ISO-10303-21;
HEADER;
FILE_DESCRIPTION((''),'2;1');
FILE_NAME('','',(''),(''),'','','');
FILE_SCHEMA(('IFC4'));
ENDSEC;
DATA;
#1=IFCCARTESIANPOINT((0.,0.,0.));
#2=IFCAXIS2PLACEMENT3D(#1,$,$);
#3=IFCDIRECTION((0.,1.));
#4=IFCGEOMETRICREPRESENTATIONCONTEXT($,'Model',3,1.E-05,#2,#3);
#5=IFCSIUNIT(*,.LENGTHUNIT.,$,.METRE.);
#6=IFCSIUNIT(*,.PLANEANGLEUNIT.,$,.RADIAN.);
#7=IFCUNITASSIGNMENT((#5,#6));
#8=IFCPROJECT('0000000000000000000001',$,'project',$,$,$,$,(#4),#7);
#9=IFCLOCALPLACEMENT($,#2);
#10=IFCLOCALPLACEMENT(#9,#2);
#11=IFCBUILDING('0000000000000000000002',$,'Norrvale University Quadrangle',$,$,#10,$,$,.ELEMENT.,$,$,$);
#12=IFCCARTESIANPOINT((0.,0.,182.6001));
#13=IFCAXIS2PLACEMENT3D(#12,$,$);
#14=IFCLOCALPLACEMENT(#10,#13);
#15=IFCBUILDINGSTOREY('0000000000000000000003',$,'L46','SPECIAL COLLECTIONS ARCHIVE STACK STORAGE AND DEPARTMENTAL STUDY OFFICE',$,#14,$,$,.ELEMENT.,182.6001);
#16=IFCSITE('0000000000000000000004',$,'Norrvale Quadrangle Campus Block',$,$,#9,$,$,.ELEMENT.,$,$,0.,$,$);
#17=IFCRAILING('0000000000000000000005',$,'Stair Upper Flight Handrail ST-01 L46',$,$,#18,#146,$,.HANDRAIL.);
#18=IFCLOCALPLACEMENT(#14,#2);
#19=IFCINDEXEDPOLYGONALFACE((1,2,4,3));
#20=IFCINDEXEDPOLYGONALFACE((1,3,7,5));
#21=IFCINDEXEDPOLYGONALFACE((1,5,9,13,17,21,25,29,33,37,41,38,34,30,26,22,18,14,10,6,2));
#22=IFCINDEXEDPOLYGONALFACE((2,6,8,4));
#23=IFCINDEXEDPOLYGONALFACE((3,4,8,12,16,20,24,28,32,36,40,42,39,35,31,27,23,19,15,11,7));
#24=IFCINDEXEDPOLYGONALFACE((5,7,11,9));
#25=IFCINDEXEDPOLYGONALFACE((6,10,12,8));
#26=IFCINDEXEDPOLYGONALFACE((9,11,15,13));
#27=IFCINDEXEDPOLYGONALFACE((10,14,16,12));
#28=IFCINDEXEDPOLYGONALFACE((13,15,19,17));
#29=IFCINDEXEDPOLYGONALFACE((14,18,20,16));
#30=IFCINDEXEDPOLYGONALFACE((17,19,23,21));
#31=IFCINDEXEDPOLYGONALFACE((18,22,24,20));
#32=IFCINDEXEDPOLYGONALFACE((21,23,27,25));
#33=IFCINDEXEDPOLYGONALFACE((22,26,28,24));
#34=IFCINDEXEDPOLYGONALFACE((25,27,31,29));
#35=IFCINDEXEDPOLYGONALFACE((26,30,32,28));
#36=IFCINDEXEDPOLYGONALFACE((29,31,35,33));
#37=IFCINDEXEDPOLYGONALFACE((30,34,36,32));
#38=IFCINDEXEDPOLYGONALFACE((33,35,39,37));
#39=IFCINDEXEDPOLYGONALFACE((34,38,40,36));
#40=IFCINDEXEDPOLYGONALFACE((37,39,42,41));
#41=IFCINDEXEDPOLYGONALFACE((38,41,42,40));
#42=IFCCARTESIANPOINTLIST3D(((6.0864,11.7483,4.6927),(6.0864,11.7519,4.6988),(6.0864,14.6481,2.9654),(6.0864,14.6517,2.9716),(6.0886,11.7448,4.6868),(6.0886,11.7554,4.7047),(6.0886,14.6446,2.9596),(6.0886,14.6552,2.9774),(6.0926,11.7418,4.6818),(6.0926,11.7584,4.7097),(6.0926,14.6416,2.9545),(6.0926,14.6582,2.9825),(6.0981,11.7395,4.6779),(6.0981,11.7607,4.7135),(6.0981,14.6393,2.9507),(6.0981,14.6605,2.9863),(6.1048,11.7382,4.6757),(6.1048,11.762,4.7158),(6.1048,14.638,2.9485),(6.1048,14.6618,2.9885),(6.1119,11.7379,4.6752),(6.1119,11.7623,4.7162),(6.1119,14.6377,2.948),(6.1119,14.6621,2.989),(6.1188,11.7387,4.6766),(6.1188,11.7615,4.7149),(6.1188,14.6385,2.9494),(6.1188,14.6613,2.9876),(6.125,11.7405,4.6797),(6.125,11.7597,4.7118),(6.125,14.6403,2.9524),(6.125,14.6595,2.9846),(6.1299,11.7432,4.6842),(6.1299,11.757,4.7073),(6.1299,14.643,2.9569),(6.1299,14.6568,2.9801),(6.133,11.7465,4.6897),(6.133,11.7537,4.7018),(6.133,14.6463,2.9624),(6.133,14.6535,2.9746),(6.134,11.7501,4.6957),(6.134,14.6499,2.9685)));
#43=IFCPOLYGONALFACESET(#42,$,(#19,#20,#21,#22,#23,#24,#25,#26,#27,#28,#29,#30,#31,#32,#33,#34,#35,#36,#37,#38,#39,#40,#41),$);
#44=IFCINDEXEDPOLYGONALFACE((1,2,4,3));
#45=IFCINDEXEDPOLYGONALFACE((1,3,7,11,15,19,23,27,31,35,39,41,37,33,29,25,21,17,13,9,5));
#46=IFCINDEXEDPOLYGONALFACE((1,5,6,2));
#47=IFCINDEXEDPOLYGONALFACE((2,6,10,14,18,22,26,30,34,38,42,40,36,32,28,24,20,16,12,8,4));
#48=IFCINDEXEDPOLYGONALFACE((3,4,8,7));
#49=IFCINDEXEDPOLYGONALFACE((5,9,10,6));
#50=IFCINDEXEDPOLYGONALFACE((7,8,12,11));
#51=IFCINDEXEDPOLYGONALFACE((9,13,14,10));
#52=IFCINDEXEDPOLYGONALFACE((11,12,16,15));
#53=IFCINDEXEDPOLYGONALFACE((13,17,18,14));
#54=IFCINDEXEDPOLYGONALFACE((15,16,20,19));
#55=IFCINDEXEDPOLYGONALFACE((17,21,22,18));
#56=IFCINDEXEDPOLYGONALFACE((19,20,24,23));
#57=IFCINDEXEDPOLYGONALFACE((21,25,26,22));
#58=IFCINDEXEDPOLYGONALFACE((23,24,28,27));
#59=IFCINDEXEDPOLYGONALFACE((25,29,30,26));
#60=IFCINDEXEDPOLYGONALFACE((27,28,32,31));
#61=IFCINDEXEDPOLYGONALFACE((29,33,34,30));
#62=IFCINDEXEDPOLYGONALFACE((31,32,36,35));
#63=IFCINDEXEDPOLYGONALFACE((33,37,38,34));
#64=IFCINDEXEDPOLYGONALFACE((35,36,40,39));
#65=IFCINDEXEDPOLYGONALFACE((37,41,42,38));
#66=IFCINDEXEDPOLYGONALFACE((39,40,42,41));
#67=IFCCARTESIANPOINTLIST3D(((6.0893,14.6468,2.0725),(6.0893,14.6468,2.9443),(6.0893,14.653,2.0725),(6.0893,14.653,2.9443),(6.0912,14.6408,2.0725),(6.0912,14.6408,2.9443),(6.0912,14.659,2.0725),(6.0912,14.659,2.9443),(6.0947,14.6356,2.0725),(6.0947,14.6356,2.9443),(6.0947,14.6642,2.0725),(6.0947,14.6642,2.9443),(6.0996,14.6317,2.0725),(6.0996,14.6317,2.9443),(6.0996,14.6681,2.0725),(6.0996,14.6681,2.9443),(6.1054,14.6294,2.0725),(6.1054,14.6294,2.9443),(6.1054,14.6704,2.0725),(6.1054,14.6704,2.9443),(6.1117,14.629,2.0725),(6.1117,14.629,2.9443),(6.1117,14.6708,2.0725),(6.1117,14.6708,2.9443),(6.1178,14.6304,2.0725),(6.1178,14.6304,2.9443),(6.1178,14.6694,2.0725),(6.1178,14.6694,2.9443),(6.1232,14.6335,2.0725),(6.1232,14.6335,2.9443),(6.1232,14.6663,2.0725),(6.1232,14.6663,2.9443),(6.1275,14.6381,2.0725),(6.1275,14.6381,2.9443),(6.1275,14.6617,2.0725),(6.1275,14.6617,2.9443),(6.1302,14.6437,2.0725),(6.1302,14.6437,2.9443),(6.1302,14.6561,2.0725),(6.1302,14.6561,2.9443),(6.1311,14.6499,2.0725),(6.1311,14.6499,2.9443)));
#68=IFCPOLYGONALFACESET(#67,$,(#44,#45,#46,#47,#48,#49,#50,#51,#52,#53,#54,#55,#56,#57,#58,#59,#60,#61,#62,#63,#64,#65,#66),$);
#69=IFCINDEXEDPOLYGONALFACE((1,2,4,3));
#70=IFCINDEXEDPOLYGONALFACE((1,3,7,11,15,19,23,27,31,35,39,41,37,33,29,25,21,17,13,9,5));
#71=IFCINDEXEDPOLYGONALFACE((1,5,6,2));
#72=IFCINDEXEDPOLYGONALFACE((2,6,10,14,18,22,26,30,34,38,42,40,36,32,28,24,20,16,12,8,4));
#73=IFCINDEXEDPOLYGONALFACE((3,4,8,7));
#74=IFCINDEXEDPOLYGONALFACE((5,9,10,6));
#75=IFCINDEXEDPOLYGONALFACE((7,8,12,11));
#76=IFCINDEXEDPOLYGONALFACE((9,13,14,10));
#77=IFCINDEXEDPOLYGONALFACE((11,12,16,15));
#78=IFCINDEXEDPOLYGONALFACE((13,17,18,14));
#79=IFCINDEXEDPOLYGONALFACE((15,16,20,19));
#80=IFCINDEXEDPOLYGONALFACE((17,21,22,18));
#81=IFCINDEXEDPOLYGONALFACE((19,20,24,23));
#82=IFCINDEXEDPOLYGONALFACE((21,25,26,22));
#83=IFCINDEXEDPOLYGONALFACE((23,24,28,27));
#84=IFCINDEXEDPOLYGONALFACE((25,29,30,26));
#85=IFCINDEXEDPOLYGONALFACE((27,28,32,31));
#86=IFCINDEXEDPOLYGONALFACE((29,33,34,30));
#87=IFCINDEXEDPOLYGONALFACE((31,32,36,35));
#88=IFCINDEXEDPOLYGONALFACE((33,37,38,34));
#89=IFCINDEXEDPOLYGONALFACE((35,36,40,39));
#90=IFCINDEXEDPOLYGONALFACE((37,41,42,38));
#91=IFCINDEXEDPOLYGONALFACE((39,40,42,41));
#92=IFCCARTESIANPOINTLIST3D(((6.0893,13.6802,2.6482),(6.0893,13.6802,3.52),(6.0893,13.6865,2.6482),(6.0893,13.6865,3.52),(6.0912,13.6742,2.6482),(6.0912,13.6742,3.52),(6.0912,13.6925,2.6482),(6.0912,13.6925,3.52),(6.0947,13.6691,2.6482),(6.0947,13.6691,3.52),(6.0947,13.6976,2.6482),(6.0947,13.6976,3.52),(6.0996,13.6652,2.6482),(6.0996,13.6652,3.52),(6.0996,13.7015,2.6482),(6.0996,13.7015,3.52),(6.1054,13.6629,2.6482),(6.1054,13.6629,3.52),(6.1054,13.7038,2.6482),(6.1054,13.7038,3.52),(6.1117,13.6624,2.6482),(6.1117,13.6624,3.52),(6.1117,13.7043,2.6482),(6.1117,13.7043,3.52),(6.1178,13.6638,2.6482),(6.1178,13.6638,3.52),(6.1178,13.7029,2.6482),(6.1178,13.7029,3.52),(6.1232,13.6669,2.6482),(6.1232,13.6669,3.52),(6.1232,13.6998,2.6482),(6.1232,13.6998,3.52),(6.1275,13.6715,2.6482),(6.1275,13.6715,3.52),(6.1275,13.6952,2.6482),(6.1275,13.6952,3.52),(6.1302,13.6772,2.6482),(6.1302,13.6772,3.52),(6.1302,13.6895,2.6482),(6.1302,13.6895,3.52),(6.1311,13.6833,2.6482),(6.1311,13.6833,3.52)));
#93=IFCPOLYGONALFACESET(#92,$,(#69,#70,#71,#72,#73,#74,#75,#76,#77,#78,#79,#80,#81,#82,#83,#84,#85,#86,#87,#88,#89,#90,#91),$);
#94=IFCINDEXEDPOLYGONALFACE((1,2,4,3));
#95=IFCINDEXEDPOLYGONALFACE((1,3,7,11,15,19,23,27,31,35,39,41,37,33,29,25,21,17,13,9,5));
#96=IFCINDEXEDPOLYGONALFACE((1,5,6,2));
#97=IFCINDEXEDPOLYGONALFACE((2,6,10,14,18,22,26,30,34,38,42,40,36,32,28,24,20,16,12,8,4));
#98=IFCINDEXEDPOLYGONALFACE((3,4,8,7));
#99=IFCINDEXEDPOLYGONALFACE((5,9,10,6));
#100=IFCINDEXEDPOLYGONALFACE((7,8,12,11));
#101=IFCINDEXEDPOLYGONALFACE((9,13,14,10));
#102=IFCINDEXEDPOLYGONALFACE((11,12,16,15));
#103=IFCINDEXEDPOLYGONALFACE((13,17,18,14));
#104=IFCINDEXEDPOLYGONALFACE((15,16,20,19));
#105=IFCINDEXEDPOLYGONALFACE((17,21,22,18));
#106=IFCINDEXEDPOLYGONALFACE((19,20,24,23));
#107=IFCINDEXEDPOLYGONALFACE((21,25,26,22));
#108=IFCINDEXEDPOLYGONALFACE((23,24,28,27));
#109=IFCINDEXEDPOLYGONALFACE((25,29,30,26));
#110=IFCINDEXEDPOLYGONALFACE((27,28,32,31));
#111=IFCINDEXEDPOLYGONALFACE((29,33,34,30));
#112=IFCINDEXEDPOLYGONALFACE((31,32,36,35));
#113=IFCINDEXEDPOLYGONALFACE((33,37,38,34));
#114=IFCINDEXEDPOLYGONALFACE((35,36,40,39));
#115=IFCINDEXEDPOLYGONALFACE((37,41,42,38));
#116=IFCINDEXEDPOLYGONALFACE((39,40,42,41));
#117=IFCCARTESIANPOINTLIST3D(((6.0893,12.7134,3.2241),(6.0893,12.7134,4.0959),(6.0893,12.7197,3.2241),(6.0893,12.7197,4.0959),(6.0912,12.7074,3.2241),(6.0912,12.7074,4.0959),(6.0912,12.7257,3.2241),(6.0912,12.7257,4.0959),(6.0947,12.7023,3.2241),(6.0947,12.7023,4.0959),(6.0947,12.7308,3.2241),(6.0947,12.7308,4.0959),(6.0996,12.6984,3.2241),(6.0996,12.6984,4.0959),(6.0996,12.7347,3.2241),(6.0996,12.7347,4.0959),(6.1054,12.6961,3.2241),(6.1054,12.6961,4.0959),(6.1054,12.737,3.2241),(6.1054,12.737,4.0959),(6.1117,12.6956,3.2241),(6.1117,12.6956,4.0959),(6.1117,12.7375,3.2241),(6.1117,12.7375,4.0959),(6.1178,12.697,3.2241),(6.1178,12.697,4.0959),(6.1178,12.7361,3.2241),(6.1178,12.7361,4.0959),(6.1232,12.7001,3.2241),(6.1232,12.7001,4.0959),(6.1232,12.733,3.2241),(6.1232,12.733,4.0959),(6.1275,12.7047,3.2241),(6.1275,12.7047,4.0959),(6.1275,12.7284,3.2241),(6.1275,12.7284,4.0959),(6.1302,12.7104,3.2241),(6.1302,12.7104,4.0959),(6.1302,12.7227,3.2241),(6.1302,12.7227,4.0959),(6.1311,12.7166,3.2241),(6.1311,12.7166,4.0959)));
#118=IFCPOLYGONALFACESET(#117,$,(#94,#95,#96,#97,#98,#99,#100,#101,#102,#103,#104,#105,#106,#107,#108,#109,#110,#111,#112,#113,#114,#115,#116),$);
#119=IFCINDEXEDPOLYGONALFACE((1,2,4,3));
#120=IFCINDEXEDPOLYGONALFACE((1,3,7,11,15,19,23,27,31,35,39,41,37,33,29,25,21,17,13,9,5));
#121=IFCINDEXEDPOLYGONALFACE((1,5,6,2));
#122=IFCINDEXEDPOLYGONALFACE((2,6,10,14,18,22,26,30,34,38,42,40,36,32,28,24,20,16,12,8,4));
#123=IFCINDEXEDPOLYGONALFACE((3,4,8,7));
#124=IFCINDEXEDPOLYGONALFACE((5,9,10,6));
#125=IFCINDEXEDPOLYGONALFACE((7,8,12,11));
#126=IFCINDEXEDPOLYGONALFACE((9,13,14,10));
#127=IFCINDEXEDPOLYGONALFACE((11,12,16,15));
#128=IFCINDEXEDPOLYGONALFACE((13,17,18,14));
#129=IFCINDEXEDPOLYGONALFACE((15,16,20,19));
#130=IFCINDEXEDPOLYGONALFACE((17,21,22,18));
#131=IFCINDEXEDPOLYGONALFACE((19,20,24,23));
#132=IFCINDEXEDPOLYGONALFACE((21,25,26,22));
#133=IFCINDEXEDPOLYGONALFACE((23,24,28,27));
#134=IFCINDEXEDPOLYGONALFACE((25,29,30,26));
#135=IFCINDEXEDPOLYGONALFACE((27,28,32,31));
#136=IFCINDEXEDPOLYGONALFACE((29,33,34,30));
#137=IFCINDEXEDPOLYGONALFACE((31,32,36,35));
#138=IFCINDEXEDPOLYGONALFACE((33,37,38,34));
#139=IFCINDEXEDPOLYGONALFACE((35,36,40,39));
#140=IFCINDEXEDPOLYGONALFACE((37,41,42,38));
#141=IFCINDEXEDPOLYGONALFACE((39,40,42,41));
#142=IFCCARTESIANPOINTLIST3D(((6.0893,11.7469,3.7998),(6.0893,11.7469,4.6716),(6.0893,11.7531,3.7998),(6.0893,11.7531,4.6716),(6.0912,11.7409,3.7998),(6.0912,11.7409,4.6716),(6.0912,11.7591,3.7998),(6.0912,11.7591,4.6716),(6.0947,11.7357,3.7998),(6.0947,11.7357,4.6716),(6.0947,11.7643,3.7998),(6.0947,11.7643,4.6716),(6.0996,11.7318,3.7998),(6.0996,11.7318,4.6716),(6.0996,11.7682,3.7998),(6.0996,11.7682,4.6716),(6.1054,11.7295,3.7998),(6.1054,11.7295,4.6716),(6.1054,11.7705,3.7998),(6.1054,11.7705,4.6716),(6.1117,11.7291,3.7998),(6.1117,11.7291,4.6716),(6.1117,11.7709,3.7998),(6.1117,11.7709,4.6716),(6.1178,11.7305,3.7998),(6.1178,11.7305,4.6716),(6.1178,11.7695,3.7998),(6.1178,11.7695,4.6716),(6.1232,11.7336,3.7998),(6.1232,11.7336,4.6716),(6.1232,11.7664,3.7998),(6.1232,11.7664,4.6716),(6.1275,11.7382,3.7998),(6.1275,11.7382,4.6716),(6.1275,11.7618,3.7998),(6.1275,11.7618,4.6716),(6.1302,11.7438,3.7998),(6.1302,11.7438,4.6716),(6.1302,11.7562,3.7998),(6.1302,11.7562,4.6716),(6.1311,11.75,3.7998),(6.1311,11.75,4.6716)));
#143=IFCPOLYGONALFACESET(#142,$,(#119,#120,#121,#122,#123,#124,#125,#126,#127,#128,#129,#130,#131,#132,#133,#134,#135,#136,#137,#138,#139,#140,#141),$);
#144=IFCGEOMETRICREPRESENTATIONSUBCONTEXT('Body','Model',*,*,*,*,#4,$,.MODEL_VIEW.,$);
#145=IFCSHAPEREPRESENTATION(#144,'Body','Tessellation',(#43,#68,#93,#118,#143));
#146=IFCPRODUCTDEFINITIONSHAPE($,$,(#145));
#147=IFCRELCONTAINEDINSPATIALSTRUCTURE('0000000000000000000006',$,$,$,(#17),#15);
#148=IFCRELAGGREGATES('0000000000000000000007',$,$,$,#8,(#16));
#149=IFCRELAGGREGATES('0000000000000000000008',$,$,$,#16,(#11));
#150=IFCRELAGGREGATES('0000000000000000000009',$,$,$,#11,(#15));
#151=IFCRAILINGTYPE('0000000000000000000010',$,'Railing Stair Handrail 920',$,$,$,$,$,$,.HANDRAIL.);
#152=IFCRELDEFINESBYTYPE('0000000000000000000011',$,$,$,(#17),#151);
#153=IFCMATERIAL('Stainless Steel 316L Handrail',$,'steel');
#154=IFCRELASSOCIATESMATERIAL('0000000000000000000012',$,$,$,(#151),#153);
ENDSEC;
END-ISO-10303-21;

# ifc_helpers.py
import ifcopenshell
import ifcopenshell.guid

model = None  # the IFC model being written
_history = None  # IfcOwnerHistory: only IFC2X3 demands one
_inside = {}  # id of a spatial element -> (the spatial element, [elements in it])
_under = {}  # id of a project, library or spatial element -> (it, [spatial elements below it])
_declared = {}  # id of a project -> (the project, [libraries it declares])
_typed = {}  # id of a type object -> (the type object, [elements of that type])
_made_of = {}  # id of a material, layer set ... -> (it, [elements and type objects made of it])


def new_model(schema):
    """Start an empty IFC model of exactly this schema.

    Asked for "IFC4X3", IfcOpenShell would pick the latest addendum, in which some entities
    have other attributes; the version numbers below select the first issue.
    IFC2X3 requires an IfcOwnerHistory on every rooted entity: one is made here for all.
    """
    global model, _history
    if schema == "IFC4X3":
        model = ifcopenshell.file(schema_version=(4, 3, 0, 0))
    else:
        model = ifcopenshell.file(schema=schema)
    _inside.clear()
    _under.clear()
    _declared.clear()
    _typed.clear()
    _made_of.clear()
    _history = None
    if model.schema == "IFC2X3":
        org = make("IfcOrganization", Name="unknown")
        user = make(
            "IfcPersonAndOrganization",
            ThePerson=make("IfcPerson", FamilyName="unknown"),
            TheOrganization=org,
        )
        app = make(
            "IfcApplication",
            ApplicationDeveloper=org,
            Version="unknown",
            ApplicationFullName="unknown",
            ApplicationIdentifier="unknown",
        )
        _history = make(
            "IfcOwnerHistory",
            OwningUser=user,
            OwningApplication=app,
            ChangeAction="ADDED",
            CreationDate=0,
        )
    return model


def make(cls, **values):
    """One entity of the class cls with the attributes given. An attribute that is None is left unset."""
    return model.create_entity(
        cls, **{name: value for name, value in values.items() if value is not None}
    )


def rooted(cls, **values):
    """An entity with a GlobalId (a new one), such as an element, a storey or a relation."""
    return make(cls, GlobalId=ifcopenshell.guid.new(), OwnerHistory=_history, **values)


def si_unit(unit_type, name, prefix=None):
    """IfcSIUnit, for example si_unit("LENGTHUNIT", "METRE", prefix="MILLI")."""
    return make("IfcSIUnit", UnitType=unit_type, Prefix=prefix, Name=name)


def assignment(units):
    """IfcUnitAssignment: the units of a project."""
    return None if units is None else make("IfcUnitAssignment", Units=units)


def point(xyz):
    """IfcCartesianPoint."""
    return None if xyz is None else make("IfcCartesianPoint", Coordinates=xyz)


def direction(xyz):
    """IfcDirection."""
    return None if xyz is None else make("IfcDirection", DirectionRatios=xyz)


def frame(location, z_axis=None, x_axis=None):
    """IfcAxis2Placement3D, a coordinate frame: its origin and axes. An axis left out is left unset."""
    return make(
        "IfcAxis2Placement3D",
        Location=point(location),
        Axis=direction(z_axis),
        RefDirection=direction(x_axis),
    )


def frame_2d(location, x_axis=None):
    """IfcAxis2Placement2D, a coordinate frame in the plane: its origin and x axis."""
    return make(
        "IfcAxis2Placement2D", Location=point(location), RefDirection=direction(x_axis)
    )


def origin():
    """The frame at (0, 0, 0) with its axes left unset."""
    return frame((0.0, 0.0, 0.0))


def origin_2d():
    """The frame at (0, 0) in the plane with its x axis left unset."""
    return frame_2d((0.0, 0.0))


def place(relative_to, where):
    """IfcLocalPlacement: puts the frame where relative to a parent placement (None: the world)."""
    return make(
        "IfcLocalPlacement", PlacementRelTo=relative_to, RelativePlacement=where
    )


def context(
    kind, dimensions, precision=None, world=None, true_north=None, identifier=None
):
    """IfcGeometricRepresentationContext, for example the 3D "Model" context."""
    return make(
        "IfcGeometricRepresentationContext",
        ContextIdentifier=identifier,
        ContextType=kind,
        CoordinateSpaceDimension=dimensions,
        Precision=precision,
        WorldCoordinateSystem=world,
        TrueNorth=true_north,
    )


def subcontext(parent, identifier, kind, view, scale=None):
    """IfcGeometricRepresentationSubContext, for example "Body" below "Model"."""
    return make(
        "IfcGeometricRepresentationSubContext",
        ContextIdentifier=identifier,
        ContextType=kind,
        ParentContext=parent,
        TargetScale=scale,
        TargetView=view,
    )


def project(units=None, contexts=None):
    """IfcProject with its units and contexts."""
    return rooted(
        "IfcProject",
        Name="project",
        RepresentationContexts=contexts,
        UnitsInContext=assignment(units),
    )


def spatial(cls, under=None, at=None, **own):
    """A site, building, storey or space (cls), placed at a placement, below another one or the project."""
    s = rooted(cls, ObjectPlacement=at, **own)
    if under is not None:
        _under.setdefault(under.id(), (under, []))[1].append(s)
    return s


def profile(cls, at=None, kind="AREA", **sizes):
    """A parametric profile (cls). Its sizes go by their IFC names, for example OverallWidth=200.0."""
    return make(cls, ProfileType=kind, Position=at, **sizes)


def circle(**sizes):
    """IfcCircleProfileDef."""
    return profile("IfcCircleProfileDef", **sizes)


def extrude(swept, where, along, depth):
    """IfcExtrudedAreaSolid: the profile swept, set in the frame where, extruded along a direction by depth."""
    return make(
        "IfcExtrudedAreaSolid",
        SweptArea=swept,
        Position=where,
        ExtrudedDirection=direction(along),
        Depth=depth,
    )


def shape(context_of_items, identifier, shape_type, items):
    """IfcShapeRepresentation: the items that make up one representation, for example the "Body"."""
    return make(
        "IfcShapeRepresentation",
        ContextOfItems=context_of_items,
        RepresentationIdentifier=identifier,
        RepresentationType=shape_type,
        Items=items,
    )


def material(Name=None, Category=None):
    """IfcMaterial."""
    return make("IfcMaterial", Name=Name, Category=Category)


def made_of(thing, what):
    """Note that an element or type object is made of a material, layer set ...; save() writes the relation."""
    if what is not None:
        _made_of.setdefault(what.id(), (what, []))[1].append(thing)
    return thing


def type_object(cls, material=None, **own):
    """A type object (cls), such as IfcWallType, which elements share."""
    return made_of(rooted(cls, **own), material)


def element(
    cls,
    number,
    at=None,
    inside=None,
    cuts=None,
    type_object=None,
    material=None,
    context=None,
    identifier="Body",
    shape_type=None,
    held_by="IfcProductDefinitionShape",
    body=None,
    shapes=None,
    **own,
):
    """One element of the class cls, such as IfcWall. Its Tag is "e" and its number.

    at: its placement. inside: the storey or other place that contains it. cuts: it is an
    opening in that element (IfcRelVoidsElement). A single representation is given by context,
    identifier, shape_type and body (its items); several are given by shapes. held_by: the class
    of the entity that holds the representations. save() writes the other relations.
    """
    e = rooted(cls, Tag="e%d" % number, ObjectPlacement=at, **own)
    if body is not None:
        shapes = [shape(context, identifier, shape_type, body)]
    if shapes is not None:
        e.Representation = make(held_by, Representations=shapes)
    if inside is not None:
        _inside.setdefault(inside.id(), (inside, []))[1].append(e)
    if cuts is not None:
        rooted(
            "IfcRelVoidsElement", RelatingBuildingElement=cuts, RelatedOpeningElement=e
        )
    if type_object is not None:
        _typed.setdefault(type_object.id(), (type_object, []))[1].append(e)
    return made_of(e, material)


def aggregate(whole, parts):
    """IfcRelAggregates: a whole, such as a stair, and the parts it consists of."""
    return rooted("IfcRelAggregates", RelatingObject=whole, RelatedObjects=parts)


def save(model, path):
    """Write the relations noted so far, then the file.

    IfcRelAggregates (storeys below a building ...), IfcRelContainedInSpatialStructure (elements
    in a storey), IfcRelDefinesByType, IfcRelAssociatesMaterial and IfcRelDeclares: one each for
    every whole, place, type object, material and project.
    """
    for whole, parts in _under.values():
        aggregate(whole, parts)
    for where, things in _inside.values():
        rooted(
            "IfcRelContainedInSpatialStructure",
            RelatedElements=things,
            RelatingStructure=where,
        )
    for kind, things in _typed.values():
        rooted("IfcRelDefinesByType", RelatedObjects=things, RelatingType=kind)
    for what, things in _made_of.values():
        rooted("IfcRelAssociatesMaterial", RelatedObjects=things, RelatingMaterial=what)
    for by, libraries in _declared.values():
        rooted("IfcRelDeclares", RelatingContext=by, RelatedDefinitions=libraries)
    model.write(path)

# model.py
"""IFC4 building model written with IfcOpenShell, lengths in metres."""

from ifc_helpers import new_model, si_unit, direction, frame, origin, origin_2d, place, context, subcontext, project, spatial, circle, extrude, material, type_object, element, save


model = new_model("IFC4")

# Units and contexts
model_context = context("Model", 3, precision=1e-05, world=origin(), true_north=direction((0.0, 1.0)))
body_context = subcontext(model_context, "Body", "Model", "MODEL_VIEW")
ifc_project = project(units=[si_unit("LENGTHUNIT", "METRE"), si_unit("PLANEANGLEUNIT", "RADIAN")], contexts=[model_context])

# Site, building, storey
site_placement = place(None, origin())
site = spatial("IfcSite", under=ifc_project, at=site_placement, Name="Norrvale Quadrangle Campus Block", CompositionType="ELEMENT", RefElevation=0.0)
building_placement = place(site_placement, origin())
building = spatial("IfcBuilding", under=site, at=building_placement, Name="Norrvale University Quadrangle", CompositionType="ELEMENT")
storey_placement = place(building_placement, frame((0.0, 0.0, 182.6001)))
storey = spatial("IfcBuildingStorey", under=building, at=storey_placement, Name="L46", Description="SPECIAL COLLECTIONS ARCHIVE STACK STORAGE AND DEPARTMENTAL STUDY OFFICE", CompositionType="ELEMENT", Elevation=182.6001)

# Railing
ifc_material_1 = material(Name="Stainless Steel 316L Handrail", Category="steel")
railing_type_1 = type_object("IfcRailingType", Name="Railing Stair Handrail 920", PredefinedType="HANDRAIL", material=ifc_material_1)
railing_1_placement = place(storey_placement, frame((6.1101, 14.6499, 2.0725)))
element("IfcRailing", 1, at=railing_1_placement, inside=storey, type_object=railing_type_1, Name="Stair Upper Flight Handrail ST-01 L46", PredefinedType="HANDRAIL", context=body_context, shape_type="SweptSolid", body=[
    extrude(circle(Radius=0.0239, at=origin_2d()), frame((0.0, 0.0, 0.896), z_axis=(0.0, -0.859141, 0.511738), x_axis=(1.0, 0.0, 0.0)), (0.0, 0.0, 1.0), 3.3752),
    extrude(circle(Radius=0.021, at=origin_2d()), origin(), (0.0, 0.0, 1.0), 0.8718),
    extrude(circle(Radius=0.021, at=origin_2d()), frame((0.0, -0.9666, 0.5757)), (0.0, 0.0, 1.0), 0.8718),
    extrude(circle(Radius=0.021, at=origin_2d()), frame((0.0, -1.9333, 1.1516)), (0.0, 0.0, 1.0), 0.8718),
    extrude(circle(Radius=0.021, at=origin_2d()), frame((0.0, -2.8999, 1.7273)), (0.0, 0.0, 1.0), 0.8718),
])

save(model, "model.ifc")
